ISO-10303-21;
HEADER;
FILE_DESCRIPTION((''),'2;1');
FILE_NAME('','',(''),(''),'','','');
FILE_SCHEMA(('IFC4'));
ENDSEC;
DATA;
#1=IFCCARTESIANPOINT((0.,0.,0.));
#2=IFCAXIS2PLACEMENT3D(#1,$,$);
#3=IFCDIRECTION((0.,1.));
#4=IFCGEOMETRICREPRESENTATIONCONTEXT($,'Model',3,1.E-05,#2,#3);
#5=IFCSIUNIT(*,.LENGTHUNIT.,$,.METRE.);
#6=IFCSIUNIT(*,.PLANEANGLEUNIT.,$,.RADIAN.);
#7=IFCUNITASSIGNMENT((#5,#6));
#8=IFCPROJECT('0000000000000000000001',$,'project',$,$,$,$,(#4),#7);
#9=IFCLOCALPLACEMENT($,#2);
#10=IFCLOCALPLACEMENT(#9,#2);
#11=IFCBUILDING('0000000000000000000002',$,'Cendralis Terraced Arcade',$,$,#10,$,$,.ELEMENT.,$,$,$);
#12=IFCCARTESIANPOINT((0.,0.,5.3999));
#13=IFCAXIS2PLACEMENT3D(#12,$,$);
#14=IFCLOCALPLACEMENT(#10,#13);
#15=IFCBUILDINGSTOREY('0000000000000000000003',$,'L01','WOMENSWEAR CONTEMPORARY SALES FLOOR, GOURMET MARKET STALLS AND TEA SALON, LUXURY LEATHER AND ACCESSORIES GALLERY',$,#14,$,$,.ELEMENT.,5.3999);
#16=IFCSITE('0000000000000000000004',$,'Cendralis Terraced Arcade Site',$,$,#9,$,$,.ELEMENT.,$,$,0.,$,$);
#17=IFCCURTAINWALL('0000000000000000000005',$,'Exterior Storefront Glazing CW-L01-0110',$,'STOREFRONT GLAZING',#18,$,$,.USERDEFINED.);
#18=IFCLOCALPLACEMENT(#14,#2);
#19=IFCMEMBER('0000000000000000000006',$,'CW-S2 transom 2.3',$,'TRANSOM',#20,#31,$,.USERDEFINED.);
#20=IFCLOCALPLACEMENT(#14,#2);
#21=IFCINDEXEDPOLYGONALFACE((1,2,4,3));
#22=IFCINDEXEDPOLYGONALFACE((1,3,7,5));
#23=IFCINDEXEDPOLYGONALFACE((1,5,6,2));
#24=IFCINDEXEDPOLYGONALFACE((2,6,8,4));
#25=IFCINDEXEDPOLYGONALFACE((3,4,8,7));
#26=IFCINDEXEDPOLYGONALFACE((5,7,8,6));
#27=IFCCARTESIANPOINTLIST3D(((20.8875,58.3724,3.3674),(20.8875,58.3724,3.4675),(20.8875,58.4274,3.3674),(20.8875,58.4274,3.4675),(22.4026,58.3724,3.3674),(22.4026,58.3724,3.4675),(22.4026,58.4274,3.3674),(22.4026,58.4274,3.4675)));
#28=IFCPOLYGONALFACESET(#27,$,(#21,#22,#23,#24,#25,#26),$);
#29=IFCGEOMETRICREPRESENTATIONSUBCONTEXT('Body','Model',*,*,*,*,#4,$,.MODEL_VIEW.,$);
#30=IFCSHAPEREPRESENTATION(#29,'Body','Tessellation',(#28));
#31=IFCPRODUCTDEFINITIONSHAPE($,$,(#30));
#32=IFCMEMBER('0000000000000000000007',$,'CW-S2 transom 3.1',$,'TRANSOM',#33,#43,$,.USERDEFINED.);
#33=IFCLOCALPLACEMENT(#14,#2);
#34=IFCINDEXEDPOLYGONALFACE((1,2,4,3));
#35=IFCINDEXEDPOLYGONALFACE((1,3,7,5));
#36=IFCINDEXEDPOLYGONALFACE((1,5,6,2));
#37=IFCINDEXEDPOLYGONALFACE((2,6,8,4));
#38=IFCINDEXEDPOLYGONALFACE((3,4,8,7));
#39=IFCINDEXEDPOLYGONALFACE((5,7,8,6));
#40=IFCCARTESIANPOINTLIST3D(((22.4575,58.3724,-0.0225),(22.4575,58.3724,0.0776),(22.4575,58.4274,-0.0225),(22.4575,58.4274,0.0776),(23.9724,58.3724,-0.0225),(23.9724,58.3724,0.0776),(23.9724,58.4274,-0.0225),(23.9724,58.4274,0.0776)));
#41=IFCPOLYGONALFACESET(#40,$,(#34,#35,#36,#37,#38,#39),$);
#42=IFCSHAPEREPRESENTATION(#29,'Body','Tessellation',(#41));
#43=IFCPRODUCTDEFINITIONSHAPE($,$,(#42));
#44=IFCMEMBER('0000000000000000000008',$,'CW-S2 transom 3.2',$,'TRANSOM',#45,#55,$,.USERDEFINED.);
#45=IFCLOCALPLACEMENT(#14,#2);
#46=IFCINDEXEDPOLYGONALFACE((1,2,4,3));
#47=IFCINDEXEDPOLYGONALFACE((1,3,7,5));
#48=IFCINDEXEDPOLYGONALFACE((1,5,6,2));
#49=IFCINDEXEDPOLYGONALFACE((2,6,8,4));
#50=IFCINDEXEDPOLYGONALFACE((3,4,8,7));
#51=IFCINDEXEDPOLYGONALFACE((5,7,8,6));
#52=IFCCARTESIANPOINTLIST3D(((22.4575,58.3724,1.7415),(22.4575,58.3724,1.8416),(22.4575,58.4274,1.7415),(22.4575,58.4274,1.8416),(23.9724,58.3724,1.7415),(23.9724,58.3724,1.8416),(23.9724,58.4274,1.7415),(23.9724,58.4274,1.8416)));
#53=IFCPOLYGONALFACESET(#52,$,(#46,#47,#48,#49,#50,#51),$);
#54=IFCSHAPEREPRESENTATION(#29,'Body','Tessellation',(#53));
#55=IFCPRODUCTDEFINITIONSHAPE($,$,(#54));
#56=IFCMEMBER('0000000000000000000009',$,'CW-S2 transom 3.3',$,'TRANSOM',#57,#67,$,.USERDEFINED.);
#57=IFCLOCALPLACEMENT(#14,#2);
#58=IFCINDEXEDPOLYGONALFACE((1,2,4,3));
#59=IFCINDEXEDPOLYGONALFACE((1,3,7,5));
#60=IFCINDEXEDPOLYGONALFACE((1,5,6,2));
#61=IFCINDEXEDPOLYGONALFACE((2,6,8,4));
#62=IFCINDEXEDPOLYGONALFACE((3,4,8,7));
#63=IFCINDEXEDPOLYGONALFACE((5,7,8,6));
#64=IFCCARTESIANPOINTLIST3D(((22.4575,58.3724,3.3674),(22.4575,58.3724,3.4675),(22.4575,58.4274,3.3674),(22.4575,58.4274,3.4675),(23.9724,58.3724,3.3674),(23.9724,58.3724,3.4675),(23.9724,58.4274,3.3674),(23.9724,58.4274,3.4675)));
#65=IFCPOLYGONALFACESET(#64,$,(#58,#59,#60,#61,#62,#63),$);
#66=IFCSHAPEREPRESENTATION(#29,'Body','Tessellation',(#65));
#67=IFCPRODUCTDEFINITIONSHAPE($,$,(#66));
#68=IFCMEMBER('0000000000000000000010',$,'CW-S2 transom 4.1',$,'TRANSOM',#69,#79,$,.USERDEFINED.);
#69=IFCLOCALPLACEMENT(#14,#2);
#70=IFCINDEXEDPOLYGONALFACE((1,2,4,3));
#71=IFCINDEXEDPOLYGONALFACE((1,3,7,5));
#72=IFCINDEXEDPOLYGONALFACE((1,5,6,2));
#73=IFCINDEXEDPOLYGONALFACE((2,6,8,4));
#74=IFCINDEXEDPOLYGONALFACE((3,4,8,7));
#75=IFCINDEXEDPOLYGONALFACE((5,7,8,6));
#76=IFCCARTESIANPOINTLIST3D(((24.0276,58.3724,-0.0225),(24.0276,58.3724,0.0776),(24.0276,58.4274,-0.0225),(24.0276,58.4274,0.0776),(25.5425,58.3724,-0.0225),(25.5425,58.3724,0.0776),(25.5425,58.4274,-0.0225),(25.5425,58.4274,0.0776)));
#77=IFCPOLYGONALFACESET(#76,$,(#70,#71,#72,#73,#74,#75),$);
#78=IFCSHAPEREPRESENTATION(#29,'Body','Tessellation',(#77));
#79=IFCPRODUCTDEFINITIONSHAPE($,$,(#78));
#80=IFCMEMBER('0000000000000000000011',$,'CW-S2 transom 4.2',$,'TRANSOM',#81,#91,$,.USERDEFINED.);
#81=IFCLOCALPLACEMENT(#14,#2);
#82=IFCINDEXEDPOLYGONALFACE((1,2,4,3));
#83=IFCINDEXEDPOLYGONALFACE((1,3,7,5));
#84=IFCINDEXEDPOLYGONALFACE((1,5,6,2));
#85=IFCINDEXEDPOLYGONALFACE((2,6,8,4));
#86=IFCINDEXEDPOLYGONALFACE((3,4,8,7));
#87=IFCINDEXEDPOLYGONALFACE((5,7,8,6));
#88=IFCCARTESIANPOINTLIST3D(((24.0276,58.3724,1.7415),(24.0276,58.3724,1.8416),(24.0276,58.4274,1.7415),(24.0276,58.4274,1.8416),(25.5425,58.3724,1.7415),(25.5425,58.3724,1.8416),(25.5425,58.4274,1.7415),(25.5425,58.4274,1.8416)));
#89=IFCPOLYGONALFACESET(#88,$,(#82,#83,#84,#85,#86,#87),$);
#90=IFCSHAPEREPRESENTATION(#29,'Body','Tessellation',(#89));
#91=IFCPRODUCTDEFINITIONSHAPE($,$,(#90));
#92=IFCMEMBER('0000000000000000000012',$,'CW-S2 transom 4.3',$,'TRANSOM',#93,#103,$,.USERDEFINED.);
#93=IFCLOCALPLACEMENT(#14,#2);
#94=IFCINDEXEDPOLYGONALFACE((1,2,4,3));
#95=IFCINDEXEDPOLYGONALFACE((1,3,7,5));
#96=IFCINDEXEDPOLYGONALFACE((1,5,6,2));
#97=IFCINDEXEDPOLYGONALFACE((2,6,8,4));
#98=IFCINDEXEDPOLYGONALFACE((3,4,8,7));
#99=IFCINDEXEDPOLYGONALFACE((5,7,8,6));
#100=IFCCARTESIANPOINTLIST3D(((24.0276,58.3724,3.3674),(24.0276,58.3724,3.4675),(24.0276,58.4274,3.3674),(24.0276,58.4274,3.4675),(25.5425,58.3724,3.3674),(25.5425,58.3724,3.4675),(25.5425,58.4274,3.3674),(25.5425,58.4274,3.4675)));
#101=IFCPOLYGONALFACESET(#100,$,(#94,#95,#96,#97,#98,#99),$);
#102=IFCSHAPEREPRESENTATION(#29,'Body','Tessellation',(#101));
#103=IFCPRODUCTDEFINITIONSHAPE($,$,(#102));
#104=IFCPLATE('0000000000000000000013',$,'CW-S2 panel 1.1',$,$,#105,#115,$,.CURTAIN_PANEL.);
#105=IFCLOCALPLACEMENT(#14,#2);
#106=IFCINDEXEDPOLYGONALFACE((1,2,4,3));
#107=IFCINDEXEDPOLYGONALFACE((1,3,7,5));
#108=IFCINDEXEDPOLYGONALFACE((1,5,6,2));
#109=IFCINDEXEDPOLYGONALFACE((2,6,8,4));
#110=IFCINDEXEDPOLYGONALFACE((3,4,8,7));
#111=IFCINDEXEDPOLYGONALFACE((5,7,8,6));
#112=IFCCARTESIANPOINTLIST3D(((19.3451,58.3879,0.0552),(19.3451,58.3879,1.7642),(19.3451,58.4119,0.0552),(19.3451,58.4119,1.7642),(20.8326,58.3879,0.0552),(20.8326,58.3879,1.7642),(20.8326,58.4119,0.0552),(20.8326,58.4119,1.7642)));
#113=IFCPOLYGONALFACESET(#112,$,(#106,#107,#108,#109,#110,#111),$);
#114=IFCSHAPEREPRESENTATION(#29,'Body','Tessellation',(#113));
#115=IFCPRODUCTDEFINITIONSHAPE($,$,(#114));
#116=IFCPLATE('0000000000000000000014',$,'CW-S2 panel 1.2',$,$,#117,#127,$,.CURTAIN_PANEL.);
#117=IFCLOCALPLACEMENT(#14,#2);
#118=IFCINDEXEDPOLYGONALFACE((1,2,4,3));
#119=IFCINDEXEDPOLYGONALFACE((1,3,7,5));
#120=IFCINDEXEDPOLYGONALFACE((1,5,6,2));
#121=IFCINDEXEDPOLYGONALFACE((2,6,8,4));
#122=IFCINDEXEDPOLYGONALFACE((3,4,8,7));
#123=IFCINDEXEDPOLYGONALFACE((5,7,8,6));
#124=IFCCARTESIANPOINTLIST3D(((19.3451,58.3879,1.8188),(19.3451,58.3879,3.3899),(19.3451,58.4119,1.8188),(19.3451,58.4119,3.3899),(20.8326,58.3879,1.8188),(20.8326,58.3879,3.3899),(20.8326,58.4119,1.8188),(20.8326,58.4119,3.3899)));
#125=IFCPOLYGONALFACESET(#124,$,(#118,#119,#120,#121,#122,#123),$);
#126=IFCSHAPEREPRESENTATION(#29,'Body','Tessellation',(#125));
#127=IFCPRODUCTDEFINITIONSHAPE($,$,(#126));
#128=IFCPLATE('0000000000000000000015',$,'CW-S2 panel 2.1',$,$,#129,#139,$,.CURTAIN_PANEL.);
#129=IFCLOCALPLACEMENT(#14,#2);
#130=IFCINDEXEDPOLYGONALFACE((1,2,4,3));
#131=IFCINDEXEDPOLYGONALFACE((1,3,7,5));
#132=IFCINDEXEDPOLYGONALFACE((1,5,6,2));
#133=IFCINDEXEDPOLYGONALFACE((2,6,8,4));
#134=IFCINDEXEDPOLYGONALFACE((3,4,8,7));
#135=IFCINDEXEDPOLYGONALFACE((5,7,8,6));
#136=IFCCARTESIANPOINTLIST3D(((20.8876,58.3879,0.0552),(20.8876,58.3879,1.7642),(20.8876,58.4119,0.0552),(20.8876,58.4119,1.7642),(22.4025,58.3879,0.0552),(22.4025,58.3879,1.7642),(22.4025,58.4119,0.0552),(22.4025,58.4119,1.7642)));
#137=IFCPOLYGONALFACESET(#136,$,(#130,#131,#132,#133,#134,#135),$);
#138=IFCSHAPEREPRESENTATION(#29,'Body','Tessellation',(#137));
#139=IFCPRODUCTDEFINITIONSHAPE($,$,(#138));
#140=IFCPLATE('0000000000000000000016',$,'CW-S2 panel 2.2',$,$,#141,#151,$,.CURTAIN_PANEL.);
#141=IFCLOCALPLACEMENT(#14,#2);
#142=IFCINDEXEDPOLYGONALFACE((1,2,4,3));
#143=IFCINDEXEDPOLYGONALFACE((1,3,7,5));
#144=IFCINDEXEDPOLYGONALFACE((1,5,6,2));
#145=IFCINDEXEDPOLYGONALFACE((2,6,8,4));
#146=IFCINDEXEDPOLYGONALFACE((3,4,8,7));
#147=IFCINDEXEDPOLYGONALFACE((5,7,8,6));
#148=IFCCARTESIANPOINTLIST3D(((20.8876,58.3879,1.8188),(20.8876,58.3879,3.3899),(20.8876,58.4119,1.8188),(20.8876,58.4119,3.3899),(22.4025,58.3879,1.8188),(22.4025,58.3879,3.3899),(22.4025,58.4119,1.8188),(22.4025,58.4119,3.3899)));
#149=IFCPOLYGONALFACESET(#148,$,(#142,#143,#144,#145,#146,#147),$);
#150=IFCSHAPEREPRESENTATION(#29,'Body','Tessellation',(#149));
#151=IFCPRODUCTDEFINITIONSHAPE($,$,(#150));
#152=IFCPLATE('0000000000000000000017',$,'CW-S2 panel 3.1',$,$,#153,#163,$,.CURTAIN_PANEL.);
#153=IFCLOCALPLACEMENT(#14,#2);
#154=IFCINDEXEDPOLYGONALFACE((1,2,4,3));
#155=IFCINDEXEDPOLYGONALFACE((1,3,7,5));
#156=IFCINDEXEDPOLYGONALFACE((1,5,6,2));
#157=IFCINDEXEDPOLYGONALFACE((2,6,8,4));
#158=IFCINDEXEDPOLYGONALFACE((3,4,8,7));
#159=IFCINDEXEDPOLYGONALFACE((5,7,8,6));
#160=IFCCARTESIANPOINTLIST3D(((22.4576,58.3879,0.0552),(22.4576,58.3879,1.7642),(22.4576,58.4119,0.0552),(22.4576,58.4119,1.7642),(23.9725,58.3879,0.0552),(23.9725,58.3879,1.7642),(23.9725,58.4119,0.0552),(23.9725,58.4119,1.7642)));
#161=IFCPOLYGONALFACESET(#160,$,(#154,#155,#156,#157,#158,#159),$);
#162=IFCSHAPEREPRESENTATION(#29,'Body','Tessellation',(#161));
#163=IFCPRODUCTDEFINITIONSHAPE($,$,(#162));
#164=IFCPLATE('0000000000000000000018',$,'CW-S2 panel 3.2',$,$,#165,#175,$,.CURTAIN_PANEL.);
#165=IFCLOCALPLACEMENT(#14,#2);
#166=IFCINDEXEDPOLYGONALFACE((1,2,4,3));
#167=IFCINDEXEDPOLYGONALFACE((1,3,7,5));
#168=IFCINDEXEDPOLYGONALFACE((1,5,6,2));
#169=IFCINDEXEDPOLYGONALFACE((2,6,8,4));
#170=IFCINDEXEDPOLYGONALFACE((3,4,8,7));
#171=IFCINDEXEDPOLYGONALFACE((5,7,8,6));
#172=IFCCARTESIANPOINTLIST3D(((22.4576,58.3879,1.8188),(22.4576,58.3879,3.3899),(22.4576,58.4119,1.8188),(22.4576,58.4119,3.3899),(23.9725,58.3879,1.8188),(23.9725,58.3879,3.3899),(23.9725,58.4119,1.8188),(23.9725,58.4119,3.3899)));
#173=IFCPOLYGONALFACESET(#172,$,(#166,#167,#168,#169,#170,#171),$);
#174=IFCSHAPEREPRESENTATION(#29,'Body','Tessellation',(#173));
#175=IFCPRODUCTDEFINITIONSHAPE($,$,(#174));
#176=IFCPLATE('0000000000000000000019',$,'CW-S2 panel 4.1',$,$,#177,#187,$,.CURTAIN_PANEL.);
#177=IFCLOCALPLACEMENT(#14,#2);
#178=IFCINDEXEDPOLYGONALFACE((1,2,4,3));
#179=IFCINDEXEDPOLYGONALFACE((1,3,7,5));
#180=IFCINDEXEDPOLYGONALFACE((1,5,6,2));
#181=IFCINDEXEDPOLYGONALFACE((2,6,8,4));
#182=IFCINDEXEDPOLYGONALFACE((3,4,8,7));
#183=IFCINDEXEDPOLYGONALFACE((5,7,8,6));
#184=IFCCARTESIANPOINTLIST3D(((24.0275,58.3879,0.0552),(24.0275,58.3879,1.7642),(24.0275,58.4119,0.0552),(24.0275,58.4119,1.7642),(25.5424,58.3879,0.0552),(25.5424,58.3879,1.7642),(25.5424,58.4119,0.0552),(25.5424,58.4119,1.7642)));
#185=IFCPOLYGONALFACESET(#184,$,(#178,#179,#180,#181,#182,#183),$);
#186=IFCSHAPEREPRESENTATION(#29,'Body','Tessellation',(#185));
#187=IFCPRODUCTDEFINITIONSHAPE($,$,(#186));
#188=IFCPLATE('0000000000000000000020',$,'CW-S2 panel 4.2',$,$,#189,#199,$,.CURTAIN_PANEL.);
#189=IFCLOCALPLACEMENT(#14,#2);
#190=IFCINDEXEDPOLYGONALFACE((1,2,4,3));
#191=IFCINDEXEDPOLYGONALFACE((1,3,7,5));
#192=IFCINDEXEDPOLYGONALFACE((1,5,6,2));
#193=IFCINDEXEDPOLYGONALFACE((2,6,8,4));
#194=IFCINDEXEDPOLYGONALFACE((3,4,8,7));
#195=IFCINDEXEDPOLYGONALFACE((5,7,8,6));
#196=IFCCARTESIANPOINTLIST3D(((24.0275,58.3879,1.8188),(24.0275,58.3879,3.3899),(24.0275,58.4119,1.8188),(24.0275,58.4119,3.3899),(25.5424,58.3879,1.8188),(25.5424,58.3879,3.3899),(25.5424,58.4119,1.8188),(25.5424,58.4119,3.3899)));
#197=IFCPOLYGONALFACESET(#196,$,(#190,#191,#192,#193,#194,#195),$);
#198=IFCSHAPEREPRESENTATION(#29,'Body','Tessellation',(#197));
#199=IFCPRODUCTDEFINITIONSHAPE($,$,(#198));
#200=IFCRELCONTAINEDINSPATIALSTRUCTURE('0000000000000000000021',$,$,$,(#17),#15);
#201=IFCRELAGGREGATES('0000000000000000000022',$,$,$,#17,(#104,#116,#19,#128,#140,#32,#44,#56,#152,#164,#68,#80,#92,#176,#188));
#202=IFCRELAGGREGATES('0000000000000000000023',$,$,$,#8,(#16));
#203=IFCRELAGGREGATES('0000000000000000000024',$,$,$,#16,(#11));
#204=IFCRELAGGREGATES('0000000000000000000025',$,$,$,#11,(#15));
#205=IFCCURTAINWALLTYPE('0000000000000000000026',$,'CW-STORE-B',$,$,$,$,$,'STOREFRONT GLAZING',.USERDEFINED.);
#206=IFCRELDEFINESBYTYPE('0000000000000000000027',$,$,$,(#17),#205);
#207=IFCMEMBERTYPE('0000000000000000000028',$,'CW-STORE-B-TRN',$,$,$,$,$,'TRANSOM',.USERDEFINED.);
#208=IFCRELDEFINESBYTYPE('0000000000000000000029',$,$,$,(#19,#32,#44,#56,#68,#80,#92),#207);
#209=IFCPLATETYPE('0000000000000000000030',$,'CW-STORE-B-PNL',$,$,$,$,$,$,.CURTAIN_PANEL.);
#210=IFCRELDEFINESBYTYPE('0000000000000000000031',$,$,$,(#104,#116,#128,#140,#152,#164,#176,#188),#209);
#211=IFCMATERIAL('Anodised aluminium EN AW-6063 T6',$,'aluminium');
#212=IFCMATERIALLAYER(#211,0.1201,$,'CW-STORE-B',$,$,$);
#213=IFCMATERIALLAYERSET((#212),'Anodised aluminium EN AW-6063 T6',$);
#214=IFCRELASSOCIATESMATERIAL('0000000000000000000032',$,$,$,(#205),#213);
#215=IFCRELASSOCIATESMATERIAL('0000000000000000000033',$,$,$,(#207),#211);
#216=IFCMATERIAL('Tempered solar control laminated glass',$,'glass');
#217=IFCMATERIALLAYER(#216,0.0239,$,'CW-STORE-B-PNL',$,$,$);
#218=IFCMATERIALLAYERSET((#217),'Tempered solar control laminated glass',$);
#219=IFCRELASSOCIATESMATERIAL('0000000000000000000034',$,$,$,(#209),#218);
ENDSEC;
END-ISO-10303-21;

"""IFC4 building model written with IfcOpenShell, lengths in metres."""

from ifc_helpers import new_model, si_unit, direction, frame, origin, origin_2d, place, context, subcontext, project, spatial, rectangle, extrude, material, layer, layer_set, material_profile, profile_set, type_object, element, aggregate, save


model = new_model("IFC4")

# Units and contexts
model_context = context("Model", 3, precision=1e-05, world=origin(), true_north=direction((0.0, 1.0)))
body_context = subcontext(model_context, "Body", "Model", "MODEL_VIEW")
ifc_project = project(units=[si_unit("LENGTHUNIT", "METRE"), si_unit("PLANEANGLEUNIT", "RADIAN")], contexts=[model_context])

# Site, building, storey
site_placement = place(None, origin())
site = spatial("IfcSite", under=ifc_project, at=site_placement, Name="Cendralis Terraced Arcade Site", CompositionType="ELEMENT", RefElevation=0.0)
building_placement = place(site_placement, origin())
building = spatial("IfcBuilding", under=site, at=building_placement, Name="Cendralis Terraced Arcade", CompositionType="ELEMENT")
storey_placement = place(building_placement, frame((0.0, 0.0, 5.3999)))
storey = spatial("IfcBuildingStorey", under=building, at=storey_placement, Name="L01", Description="WOMENSWEAR CONTEMPORARY SALES FLOOR, GOURMET MARKET STALLS AND TEA SALON, LUXURY LEATHER AND ACCESSORIES GALLERY", CompositionType="ELEMENT", Elevation=5.3999)

# Curtain wall, members, plates
ifc_material_1 = material(Name="Anodised aluminium EN AW-6063 T6", Category="aluminium")
ifc_layer_1 = layer(ifc_material_1, 0.1201, Name="CW-STORE-B")
ifc_layer_set_1 = layer_set([ifc_layer_1], Name="Anodised aluminium EN AW-6063 T6")
curtain_wall_type = type_object("IfcCurtainWallType", Name="CW-STORE-B", ElementType="STOREFRONT GLAZING", PredefinedType="USERDEFINED", material=ifc_layer_set_1)
curtain_wall_placement = place(storey_placement, origin())
curtain_wall = element("IfcCurtainWall", 1, at=curtain_wall_placement, inside=storey, type_object=curtain_wall_type, Name="Exterior Storefront Glazing CW-L01-0110", ObjectType="STOREFRONT GLAZING", PredefinedType="USERDEFINED")
ifc_material_profile_1 = material_profile(ifc_material_1, rectangle(XDim=0.0549, YDim=0.1001, at=origin_2d()), Name="ALU-TRN-55x100")
ifc_profile_set_1 = profile_set([ifc_material_profile_1], Name="Anodised aluminium EN AW-6063 T6")
member_type_1 = type_object("IfcMemberType", Name="CW-STORE-B-TRN", ElementType="TRANSOM", PredefinedType="USERDEFINED", material=ifc_profile_set_1)
member_1_placement = place(storey_placement, frame((20.8875, 58.3999, 3.4175), z_axis=(1.0, 0.0, 0.0), x_axis=(0.0, 1.0, 0.0)))
member_1 = element("IfcMember", 2, at=member_1_placement, type_object=member_type_1, Name="CW-S2 transom 2.3", ObjectType="TRANSOM", PredefinedType="USERDEFINED", context=body_context, shape_type="SweptSolid", body=[
    extrude(rectangle(XDim=0.0549, YDim=0.1001, at=origin_2d()), origin(), (0.0, 0.0, 1.0), 1.5151),
])
member_2_placement = place(storey_placement, frame((22.4575, 58.3999, 0.0276), z_axis=(1.0, 0.0, 0.0), x_axis=(0.0, 1.0, 0.0)))
member_2 = element("IfcMember", 3, at=member_2_placement, type_object=member_type_1, Name="CW-S2 transom 3.1", ObjectType="TRANSOM", PredefinedType="USERDEFINED", context=body_context, shape_type="SweptSolid", body=[
    extrude(rectangle(XDim=0.0549, YDim=0.1001, at=origin_2d()), origin(), (0.0, 0.0, 1.0), 1.5149),
])
member_3_placement = place(storey_placement, frame((22.4575, 58.3999, 1.7915), z_axis=(1.0, 0.0, 0.0), x_axis=(0.0, 1.0, 0.0)))
member_3 = element("IfcMember", 4, at=member_3_placement, type_object=member_type_1, Name="CW-S2 transom 3.2", ObjectType="TRANSOM", PredefinedType="USERDEFINED", context=body_context, shape_type="SweptSolid", body=[
    extrude(rectangle(XDim=0.0549, YDim=0.1001, at=origin_2d()), origin(), (0.0, 0.0, 1.0), 1.5149),
])
member_4_placement = place(storey_placement, frame((22.4575, 58.3999, 3.4175), z_axis=(1.0, 0.0, 0.0), x_axis=(0.0, 1.0, 0.0)))
member_4 = element("IfcMember", 5, at=member_4_placement, type_object=member_type_1, Name="CW-S2 transom 3.3", ObjectType="TRANSOM", PredefinedType="USERDEFINED", context=body_context, shape_type="SweptSolid", body=[
    extrude(rectangle(XDim=0.0549, YDim=0.1001, at=origin_2d()), origin(), (0.0, 0.0, 1.0), 1.5149),
])
member_5_placement = place(storey_placement, frame((24.0276, 58.3999, 0.0276), z_axis=(1.0, 0.0, 0.0), x_axis=(0.0, 1.0, 0.0)))
member_5 = element("IfcMember", 6, at=member_5_placement, type_object=member_type_1, Name="CW-S2 transom 4.1", ObjectType="TRANSOM", PredefinedType="USERDEFINED", context=body_context, shape_type="SweptSolid", body=[
    extrude(rectangle(XDim=0.0549, YDim=0.1001, at=origin_2d()), origin(), (0.0, 0.0, 1.0), 1.5149),
])
member_6_placement = place(storey_placement, frame((24.0276, 58.3999, 1.7915), z_axis=(1.0, 0.0, 0.0), x_axis=(0.0, 1.0, 0.0)))
member_6 = element("IfcMember", 7, at=member_6_placement, type_object=member_type_1, Name="CW-S2 transom 4.2", ObjectType="TRANSOM", PredefinedType="USERDEFINED", context=body_context, shape_type="SweptSolid", body=[
    extrude(rectangle(XDim=0.0549, YDim=0.1001, at=origin_2d()), origin(), (0.0, 0.0, 1.0), 1.5149),
])
member_7_placement = place(storey_placement, frame((24.0276, 58.3999, 3.4175), z_axis=(1.0, 0.0, 0.0), x_axis=(0.0, 1.0, 0.0)))
member_7 = element("IfcMember", 8, at=member_7_placement, type_object=member_type_1, Name="CW-S2 transom 4.3", ObjectType="TRANSOM", PredefinedType="USERDEFINED", context=body_context, shape_type="SweptSolid", body=[
    extrude(rectangle(XDim=0.0549, YDim=0.1001, at=origin_2d()), origin(), (0.0, 0.0, 1.0), 1.5149),
])
ifc_material_2 = material(Name="Tempered solar control laminated glass", Category="glass")
ifc_layer_2 = layer(ifc_material_2, 0.0239, Name="CW-STORE-B-PNL")
ifc_layer_set_2 = layer_set([ifc_layer_2], Name="Tempered solar control laminated glass")
plate_type = type_object("IfcPlateType", Name="CW-STORE-B-PNL", PredefinedType="CURTAIN_PANEL", material=ifc_layer_set_2)
plate_1_placement = place(storey_placement, frame((20.0889, 58.3999, 0.0552), z_axis=(0.0, 0.0, 1.0), x_axis=(1.0, 0.0, 0.0)))
plate_1 = element("IfcPlate", 9, at=plate_1_placement, type_object=plate_type, Name="CW-S2 panel 1.1", PredefinedType="CURTAIN_PANEL", context=body_context, shape_type="SweptSolid", body=[
    extrude(rectangle(XDim=1.4875, YDim=0.0239, at=origin_2d()), origin(), (0.0, 0.0, 1.0), 1.709),
])
plate_2_placement = place(storey_placement, frame((20.0889, 58.3999, 1.8188), z_axis=(0.0, 0.0, 1.0), x_axis=(1.0, 0.0, 0.0)))
plate_2 = element("IfcPlate", 10, at=plate_2_placement, type_object=plate_type, Name="CW-S2 panel 1.2", PredefinedType="CURTAIN_PANEL", context=body_context, shape_type="SweptSolid", body=[
    extrude(rectangle(XDim=1.4875, YDim=0.0239, at=origin_2d()), origin(), (0.0, 0.0, 1.0), 1.571),
])
plate_3_placement = place(storey_placement, frame((21.645, 58.3999, 0.0552), z_axis=(0.0, 0.0, 1.0), x_axis=(1.0, 0.0, 0.0)))
plate_3 = element("IfcPlate", 11, at=plate_3_placement, type_object=plate_type, Name="CW-S2 panel 2.1", PredefinedType="CURTAIN_PANEL", context=body_context, shape_type="SweptSolid", body=[
    extrude(rectangle(XDim=1.5149, YDim=0.0239, at=origin_2d()), origin(), (0.0, 0.0, 1.0), 1.709),
])
plate_4_placement = place(storey_placement, frame((21.645, 58.3999, 1.8188), z_axis=(0.0, 0.0, 1.0), x_axis=(1.0, 0.0, 0.0)))
plate_4 = element("IfcPlate", 12, at=plate_4_placement, type_object=plate_type, Name="CW-S2 panel 2.2", PredefinedType="CURTAIN_PANEL", context=body_context, shape_type="SweptSolid", body=[
    extrude(rectangle(XDim=1.5149, YDim=0.0239, at=origin_2d()), origin(), (0.0, 0.0, 1.0), 1.571),
])
plate_5_placement = place(storey_placement, frame((23.2151, 58.3999, 0.0552), z_axis=(0.0, 0.0, 1.0), x_axis=(1.0, 0.0, 0.0)))
plate_5 = element("IfcPlate", 13, at=plate_5_placement, type_object=plate_type, Name="CW-S2 panel 3.1", PredefinedType="CURTAIN_PANEL", context=body_context, shape_type="SweptSolid", body=[
    extrude(rectangle(XDim=1.5149, YDim=0.0239, at=origin_2d()), origin(), (0.0, 0.0, 1.0), 1.709),
])
plate_6_placement = place(storey_placement, frame((23.2151, 58.3999, 1.8188), z_axis=(0.0, 0.0, 1.0), x_axis=(1.0, 0.0, 0.0)))
plate_6 = element("IfcPlate", 14, at=plate_6_placement, type_object=plate_type, Name="CW-S2 panel 3.2", PredefinedType="CURTAIN_PANEL", context=body_context, shape_type="SweptSolid", body=[
    extrude(rectangle(XDim=1.5149, YDim=0.0239, at=origin_2d()), origin(), (0.0, 0.0, 1.0), 1.571),
])
plate_7_placement = place(storey_placement, frame((24.7849, 58.3999, 0.0552), z_axis=(0.0, 0.0, 1.0), x_axis=(1.0, 0.0, 0.0)))
plate_7 = element("IfcPlate", 15, at=plate_7_placement, type_object=plate_type, Name="CW-S2 panel 4.1", PredefinedType="CURTAIN_PANEL", context=body_context, shape_type="SweptSolid", body=[
    extrude(rectangle(XDim=1.5149, YDim=0.0239, at=origin_2d()), origin(), (0.0, 0.0, 1.0), 1.709),
])
plate_8_placement = place(storey_placement, frame((24.7849, 58.3999, 1.8188), z_axis=(0.0, 0.0, 1.0), x_axis=(1.0, 0.0, 0.0)))
plate_8 = element("IfcPlate", 16, at=plate_8_placement, type_object=plate_type, Name="CW-S2 panel 4.2", PredefinedType="CURTAIN_PANEL", context=body_context, shape_type="SweptSolid", body=[
    extrude(rectangle(XDim=1.5149, YDim=0.0239, at=origin_2d()), origin(), (0.0, 0.0, 1.0), 1.571),
])
aggregate(curtain_wall, [plate_1, plate_2, member_1, plate_3, plate_4, member_2, member_3, member_4, plate_5, plate_6, member_5, member_6, member_7, plate_7, plate_8])

save(model, "model.ifc")
